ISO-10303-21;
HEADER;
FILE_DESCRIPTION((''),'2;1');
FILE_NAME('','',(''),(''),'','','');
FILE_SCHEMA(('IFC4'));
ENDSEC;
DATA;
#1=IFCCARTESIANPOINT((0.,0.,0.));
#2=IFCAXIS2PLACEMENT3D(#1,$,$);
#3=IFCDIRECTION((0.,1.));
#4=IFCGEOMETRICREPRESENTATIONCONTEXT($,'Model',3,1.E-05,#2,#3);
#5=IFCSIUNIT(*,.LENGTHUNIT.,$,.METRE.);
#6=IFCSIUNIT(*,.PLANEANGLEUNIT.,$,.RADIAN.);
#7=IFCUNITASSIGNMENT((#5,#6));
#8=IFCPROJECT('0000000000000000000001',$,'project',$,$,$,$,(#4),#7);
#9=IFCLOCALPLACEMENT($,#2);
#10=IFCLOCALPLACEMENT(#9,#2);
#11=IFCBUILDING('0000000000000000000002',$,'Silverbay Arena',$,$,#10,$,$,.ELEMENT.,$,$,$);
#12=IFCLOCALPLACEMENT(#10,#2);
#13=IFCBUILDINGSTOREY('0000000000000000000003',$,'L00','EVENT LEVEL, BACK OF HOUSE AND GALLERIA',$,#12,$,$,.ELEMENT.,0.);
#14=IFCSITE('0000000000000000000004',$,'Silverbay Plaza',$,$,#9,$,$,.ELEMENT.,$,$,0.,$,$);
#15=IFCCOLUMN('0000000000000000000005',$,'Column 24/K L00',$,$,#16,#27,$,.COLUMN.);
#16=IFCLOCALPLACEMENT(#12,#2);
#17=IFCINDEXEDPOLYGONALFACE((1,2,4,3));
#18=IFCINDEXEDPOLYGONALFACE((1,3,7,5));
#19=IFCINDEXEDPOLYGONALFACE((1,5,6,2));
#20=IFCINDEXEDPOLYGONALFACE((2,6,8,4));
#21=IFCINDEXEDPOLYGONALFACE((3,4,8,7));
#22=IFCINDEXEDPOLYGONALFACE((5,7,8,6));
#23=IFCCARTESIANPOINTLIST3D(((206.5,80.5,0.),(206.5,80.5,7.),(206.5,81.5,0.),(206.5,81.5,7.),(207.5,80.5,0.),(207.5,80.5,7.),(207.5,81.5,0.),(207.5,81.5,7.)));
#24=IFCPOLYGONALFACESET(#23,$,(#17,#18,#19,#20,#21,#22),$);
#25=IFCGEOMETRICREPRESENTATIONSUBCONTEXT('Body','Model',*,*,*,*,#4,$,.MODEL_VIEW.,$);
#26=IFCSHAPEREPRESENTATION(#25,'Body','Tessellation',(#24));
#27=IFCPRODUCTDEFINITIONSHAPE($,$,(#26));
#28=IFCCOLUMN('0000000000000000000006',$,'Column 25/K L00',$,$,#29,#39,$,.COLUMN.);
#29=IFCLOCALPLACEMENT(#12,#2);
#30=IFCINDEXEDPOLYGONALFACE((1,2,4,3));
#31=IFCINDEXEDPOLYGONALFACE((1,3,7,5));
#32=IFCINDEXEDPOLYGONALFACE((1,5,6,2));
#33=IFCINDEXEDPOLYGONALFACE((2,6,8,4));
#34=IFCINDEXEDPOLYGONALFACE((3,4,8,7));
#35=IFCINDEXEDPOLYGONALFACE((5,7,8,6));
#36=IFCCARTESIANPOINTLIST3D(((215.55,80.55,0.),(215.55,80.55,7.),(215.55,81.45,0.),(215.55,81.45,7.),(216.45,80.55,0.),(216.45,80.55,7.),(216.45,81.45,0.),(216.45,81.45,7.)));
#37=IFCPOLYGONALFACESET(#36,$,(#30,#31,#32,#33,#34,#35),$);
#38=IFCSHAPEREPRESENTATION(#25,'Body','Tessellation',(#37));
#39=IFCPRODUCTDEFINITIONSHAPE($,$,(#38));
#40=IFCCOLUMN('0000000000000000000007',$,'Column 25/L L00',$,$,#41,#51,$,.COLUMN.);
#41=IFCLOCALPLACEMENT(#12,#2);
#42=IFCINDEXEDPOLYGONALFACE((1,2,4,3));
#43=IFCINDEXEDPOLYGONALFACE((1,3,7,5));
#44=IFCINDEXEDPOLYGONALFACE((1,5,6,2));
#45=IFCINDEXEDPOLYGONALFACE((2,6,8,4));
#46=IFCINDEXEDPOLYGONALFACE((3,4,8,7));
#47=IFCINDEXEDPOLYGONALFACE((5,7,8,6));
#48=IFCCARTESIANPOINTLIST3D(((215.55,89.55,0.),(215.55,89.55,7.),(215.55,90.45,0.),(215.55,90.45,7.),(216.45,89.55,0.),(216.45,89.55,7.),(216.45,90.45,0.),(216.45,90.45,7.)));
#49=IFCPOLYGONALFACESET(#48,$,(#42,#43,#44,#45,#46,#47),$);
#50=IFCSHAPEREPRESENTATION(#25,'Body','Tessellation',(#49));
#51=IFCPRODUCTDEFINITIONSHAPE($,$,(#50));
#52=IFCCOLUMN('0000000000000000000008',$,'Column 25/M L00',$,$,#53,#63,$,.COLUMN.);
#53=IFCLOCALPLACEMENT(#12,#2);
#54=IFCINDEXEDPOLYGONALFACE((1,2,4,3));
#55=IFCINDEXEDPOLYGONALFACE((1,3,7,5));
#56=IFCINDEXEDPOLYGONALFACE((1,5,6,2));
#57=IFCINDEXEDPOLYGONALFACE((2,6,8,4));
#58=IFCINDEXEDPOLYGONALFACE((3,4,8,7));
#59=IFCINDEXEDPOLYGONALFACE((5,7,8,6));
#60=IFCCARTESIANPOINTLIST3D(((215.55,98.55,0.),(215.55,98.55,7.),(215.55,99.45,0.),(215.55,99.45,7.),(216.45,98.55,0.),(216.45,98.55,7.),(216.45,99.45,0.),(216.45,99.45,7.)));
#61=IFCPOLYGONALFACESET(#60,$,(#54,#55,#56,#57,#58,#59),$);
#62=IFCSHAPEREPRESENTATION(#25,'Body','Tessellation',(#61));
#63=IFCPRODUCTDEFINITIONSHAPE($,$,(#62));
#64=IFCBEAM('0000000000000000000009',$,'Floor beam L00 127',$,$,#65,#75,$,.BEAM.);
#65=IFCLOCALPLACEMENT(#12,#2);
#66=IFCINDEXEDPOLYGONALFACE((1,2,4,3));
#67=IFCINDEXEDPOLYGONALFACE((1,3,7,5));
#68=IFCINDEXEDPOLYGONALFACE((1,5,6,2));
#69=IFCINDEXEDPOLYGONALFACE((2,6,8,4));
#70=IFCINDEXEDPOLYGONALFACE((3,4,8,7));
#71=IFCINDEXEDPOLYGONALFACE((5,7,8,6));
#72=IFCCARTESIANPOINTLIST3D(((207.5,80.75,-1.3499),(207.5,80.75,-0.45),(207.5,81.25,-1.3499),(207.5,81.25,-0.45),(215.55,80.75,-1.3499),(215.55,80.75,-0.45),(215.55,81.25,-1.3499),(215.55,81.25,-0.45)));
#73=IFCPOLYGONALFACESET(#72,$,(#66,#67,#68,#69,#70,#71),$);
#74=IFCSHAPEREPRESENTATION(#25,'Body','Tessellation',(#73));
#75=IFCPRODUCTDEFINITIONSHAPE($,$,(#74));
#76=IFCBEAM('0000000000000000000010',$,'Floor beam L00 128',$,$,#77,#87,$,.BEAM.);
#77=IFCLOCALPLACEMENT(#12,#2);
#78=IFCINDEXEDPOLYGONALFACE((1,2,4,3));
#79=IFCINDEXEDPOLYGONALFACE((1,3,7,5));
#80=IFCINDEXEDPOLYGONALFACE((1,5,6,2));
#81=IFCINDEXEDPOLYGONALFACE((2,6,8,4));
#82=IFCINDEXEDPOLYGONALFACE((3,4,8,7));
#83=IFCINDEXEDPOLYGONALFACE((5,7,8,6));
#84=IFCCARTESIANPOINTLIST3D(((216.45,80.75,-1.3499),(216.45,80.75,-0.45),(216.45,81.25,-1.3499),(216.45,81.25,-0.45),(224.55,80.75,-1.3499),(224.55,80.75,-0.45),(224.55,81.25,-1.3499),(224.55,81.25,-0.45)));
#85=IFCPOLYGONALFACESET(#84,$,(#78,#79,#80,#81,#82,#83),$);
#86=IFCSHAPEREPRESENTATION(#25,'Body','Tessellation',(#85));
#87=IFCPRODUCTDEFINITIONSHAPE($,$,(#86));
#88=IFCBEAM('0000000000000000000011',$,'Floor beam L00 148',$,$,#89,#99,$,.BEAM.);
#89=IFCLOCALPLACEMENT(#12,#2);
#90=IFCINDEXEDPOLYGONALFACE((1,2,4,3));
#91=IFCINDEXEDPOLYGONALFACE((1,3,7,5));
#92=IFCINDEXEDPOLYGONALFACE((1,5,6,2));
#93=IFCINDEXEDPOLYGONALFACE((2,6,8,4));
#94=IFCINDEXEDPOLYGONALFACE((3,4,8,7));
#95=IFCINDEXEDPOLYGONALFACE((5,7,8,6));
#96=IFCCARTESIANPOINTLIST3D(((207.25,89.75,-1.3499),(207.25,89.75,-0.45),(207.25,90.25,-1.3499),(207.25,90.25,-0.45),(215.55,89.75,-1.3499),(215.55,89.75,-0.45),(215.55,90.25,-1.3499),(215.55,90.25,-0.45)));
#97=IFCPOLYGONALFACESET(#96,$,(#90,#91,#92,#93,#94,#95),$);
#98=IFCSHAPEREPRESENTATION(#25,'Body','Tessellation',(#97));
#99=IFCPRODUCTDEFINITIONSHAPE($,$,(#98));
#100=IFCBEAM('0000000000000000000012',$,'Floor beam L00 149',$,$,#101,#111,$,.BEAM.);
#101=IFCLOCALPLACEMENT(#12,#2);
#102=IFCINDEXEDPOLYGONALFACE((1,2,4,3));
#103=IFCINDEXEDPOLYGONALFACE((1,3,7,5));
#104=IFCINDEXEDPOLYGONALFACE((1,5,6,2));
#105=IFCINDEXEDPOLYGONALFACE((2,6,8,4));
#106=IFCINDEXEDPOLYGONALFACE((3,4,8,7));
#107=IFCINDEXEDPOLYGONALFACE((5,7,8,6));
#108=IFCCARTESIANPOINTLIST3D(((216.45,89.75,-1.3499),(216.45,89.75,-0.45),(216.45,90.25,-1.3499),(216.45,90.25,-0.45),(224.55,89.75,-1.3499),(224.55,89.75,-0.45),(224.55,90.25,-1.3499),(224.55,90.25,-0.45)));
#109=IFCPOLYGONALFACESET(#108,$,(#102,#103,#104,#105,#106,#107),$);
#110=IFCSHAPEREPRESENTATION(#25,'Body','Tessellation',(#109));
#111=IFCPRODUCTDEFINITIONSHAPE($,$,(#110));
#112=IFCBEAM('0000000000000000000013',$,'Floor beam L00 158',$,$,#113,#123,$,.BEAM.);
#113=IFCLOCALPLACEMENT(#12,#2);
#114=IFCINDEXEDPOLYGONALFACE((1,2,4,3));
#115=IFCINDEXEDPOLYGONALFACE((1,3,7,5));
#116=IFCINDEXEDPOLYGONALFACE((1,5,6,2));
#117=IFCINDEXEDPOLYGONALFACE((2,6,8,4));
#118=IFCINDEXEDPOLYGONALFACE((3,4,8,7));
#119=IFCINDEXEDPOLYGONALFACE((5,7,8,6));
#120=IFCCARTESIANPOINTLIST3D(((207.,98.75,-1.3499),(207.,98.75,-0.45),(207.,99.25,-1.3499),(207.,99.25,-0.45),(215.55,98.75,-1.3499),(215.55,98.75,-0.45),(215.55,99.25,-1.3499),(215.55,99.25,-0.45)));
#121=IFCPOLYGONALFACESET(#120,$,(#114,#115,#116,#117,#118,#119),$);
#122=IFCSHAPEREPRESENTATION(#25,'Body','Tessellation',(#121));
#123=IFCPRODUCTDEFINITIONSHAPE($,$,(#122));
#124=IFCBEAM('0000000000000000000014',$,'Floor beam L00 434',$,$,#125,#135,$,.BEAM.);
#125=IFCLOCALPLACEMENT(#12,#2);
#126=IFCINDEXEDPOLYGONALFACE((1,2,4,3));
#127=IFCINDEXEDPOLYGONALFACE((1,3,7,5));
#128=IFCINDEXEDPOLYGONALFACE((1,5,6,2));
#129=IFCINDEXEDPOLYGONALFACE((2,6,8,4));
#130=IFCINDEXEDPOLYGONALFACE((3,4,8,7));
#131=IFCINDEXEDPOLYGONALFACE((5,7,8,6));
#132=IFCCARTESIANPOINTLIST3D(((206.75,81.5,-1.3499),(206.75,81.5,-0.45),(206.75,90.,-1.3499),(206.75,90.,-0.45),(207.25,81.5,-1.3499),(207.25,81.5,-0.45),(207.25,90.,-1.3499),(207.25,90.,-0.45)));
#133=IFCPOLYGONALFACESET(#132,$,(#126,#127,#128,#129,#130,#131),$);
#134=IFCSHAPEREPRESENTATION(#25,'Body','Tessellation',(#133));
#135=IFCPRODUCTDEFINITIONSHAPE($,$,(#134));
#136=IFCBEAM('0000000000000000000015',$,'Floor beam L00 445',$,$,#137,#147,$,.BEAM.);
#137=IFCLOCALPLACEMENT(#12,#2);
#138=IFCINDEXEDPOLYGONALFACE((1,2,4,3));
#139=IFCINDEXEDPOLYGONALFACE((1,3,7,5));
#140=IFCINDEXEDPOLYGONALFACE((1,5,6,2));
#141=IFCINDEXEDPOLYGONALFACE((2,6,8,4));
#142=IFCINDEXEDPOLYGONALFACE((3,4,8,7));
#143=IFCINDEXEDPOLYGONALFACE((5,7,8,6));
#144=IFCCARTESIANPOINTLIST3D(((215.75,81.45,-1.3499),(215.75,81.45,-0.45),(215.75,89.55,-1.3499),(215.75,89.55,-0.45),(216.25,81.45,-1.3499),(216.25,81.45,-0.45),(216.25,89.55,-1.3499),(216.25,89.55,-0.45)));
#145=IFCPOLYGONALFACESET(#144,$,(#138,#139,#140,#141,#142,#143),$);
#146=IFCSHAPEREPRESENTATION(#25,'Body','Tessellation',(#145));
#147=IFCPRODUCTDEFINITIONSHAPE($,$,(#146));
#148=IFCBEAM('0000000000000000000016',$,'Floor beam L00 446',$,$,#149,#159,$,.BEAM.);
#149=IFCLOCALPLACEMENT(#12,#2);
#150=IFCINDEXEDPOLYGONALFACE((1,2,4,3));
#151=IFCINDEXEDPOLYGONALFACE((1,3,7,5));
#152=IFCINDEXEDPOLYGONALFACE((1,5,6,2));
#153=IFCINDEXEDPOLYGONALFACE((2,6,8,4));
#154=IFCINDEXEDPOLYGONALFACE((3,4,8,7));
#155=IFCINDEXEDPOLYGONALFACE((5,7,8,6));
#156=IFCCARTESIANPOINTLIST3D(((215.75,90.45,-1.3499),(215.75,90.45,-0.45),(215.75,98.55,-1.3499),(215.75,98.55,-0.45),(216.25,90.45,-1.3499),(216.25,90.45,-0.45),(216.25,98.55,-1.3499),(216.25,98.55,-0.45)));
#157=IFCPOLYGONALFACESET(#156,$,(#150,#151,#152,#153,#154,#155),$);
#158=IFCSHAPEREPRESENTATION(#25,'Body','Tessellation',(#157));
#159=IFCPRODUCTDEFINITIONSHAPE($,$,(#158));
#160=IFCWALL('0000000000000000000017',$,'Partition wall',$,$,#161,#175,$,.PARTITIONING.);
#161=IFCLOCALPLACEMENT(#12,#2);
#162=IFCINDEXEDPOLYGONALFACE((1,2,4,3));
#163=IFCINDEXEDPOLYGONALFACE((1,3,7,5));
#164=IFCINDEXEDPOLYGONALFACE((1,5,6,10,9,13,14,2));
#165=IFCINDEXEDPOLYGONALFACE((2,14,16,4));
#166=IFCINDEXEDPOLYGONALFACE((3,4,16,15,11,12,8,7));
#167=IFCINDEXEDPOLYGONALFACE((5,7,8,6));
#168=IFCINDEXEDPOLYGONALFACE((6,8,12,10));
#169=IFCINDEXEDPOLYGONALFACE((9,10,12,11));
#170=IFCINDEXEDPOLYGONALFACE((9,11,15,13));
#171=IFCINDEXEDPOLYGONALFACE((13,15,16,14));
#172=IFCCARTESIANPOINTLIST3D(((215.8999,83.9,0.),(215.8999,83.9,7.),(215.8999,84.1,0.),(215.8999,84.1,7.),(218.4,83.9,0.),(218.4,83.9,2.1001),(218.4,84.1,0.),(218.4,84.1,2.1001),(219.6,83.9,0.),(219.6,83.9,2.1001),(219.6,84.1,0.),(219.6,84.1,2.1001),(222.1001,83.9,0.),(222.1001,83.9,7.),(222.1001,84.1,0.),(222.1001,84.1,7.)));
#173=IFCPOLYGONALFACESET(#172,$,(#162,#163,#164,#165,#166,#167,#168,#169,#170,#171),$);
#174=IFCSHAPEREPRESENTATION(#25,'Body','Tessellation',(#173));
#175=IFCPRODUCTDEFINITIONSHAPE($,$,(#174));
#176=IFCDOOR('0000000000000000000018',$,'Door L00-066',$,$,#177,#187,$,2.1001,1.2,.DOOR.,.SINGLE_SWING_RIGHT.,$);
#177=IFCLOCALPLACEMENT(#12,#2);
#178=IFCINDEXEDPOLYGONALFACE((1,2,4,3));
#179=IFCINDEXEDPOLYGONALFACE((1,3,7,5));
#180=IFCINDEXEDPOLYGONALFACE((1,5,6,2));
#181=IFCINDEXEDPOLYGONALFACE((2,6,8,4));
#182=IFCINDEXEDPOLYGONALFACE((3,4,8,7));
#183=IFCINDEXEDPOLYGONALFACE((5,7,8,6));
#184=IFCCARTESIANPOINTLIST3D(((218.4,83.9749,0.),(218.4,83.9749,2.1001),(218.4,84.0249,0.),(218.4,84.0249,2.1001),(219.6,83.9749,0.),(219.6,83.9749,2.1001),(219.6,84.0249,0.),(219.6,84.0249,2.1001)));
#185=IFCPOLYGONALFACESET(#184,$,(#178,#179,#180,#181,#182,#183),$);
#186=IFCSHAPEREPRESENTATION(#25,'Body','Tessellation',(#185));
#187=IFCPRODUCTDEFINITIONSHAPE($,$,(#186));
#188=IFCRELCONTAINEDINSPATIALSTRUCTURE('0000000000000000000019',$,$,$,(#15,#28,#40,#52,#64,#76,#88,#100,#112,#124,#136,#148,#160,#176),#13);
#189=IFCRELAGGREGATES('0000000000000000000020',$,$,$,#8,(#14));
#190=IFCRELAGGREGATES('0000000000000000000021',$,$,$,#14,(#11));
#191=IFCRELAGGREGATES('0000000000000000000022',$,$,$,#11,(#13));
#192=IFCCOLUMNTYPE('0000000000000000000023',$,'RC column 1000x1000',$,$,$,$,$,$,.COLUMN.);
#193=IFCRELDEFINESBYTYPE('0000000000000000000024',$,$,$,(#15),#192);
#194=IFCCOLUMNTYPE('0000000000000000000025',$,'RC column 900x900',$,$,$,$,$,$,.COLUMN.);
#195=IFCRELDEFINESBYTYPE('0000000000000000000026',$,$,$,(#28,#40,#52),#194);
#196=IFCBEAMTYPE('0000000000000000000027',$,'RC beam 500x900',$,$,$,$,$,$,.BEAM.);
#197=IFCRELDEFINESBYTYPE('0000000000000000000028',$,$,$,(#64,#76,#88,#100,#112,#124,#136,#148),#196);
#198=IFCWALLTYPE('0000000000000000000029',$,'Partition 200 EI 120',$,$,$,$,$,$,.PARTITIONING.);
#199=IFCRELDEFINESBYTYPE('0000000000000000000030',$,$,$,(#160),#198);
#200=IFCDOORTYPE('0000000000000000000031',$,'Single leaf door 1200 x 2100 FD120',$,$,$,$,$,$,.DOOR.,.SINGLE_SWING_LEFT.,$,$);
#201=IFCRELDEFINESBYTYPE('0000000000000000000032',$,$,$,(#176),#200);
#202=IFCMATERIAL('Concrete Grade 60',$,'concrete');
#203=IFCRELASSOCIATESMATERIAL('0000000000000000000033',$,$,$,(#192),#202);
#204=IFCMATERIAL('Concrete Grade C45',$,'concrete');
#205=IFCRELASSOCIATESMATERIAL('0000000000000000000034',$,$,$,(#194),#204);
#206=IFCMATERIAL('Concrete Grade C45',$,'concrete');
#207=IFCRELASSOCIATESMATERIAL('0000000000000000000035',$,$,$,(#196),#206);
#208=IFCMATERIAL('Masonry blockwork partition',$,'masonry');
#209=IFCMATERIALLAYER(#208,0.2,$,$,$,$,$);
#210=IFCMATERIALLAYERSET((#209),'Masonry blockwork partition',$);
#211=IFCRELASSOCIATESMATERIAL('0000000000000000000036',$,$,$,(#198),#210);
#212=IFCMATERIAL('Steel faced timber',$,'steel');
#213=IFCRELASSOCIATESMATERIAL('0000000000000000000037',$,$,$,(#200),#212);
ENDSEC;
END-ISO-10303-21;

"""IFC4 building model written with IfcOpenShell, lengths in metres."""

from ifc_helpers import new_model, si_unit, direction, frame, frame_2d, origin, origin_2d, place, context, subcontext, project, spatial, rectangle, extrude, material, layer, layer_set, material_profile, profile_set, type_object, element, fill, save


model = new_model("IFC4")

# Units and contexts
model_context = context("Model", 3, precision=1e-05, world=origin(), true_north=direction((0.0, 1.0)))
body_context = subcontext(model_context, "Body", "Model", "MODEL_VIEW")
ifc_project = project(units=[si_unit("LENGTHUNIT", "METRE"), si_unit("PLANEANGLEUNIT", "RADIAN")], contexts=[model_context])

# Site, building, storey
site_placement = place(None, origin())
site = spatial("IfcSite", under=ifc_project, at=site_placement, Name="Silverbay Plaza", CompositionType="ELEMENT", RefElevation=0.0)
building_placement = place(site_placement, origin())
building = spatial("IfcBuilding", under=site, at=building_placement, Name="Silverbay Arena", CompositionType="ELEMENT")
storey_placement = place(building_placement, origin())
storey = spatial("IfcBuildingStorey", under=building, at=storey_placement, Name="L00", Description="EVENT LEVEL, BACK OF HOUSE AND GALLERIA", CompositionType="ELEMENT", Elevation=0.0)

# Columns
ifc_material_1 = material(Name="Concrete Grade 60", Category="concrete")
ifc_material_profile_1 = material_profile(ifc_material_1, rectangle(XDim=1.0, YDim=1.0, at=origin_2d()), Name="RC 1000x1000")
ifc_profile_set_1 = profile_set([ifc_material_profile_1], Name="Concrete Grade 60")
column_type_1 = type_object("IfcColumnType", Name="RC column 1000x1000", PredefinedType="COLUMN", material=ifc_profile_set_1)
column_placement = place(storey_placement, frame((207.0, 81.0, 0.0), z_axis=(0.0, 0.0, 1.0), x_axis=(1.0, 0.0, 0.0)))
element("IfcColumn", 1, at=column_placement, inside=storey, type_object=column_type_1, Name="Column 24/K L00", PredefinedType="COLUMN", context=body_context, shape_type="SweptSolid", body=[
    extrude(rectangle(XDim=1.0, YDim=1.0, at=origin_2d()), origin(), (0.0, 0.0, 1.0), 7.0),
])
ifc_material_2 = material(Name="Concrete Grade C45", Category="concrete")
ifc_material_profile_2 = material_profile(ifc_material_2, rectangle(XDim=0.8999, YDim=0.8999, at=origin_2d()), Name="RC 900x900")
ifc_profile_set_2 = profile_set([ifc_material_profile_2], Name="Concrete Grade C45")
column_type_2 = type_object("IfcColumnType", Name="RC column 900x900", PredefinedType="COLUMN", material=ifc_profile_set_2)
for number, where, z_axis, x_axis, name in (
    (2, (216.0, 81.0, 0.0), (0.0, 0.0, 1.0), (1.0, 0.0, 0.0), "Column 25/K L00"),
    (3, (216.0, 90.0, 0.0), (0.0, 0.0, 1.0), (1.0, 0.0, 0.0), "Column 25/L L00"),
    (4, (216.0, 99.0, 0.0), (0.0, 0.0, 1.0), (1.0, 0.0, 0.0), "Column 25/M L00"),
):
    element("IfcColumn", number, at=place(storey_placement, frame(where, z_axis=z_axis, x_axis=x_axis)), inside=storey, type_object=column_type_2, Name=name, PredefinedType="COLUMN", context=body_context, shape_type="SweptSolid", body=[
        extrude(rectangle(XDim=0.8999, YDim=0.8999, at=origin_2d()), origin(), (0.0, 0.0, 1.0), 7.0),
    ])

# Beams
ifc_material_3 = material(Name="Concrete Grade C45", Category="concrete")
ifc_material_profile_3 = material_profile(ifc_material_3, rectangle(XDim=0.5, YDim=0.8999, at=origin_2d()), Name="RC 500x900")
ifc_profile_set_3 = profile_set([ifc_material_profile_3], Name="Concrete Grade C45")
beam_type = type_object("IfcBeamType", Name="RC beam 500x900", PredefinedType="BEAM", material=ifc_profile_set_3)
beam_1_placement = place(storey_placement, frame((207.5, 81.0, -0.8999), z_axis=(1.0, 0.0, 0.0), x_axis=(0.0, 1.0, 0.0)))
element("IfcBeam", 5, at=beam_1_placement, inside=storey, type_object=beam_type, Name="Floor beam L00 127", PredefinedType="BEAM", context=body_context, shape_type="SweptSolid", body=[
    extrude(rectangle(XDim=0.5, YDim=0.8999, at=origin_2d()), origin(), (0.0, 0.0, 1.0), 8.05),
])
beam_2_placement = place(storey_placement, frame((216.45, 81.0, -0.8999), z_axis=(1.0, 0.0, 0.0), x_axis=(0.0, 1.0, 0.0)))
element("IfcBeam", 6, at=beam_2_placement, inside=storey, type_object=beam_type, Name="Floor beam L00 128", PredefinedType="BEAM", context=body_context, shape_type="SweptSolid", body=[
    extrude(rectangle(XDim=0.5, YDim=0.8999, at=origin_2d()), origin(), (0.0, 0.0, 1.0), 8.1001),
])
beam_3_placement = place(storey_placement, frame((207.25, 90.0, -0.8999), z_axis=(1.0, 0.0, 0.0), x_axis=(0.0, 1.0, 0.0)))
element("IfcBeam", 7, at=beam_3_placement, inside=storey, type_object=beam_type, Name="Floor beam L00 148", PredefinedType="BEAM", context=body_context, shape_type="SweptSolid", body=[
    extrude(rectangle(XDim=0.5, YDim=0.8999, at=origin_2d()), origin(), (0.0, 0.0, 1.0), 8.3),
])
beam_4_placement = place(storey_placement, frame((216.45, 90.0, -0.8999), z_axis=(1.0, 0.0, 0.0), x_axis=(0.0, 1.0, 0.0)))
element("IfcBeam", 8, at=beam_4_placement, inside=storey, type_object=beam_type, Name="Floor beam L00 149", PredefinedType="BEAM", context=body_context, shape_type="SweptSolid", body=[
    extrude(rectangle(XDim=0.5, YDim=0.8999, at=origin_2d()), origin(), (0.0, 0.0, 1.0), 8.1001),
])
beam_5_placement = place(storey_placement, frame((207.0, 99.0, -0.8999), z_axis=(1.0, 0.0, 0.0), x_axis=(0.0, 1.0, 0.0)))
element("IfcBeam", 9, at=beam_5_placement, inside=storey, type_object=beam_type, Name="Floor beam L00 158", PredefinedType="BEAM", context=body_context, shape_type="SweptSolid", body=[
    extrude(rectangle(XDim=0.5, YDim=0.8999, at=origin_2d()), origin(), (0.0, 0.0, 1.0), 8.55),
])
beam_6_placement = place(storey_placement, frame((207.0, 81.5, -0.8999), z_axis=(0.0, 1.0, 0.0), x_axis=(-1.0, 0.0, 0.0)))
element("IfcBeam", 10, at=beam_6_placement, inside=storey, type_object=beam_type, Name="Floor beam L00 434", PredefinedType="BEAM", context=body_context, shape_type="SweptSolid", body=[
    extrude(rectangle(XDim=0.5, YDim=0.8999, at=origin_2d()), origin(), (0.0, 0.0, 1.0), 8.5),
])
for number, where, z_axis, x_axis, name in (
    (11, (216.0, 81.45, -0.8999), (0.0, 1.0, 0.0), (-1.0, 0.0, 0.0), "Floor beam L00 445"),
    (12, (216.0, 90.45, -0.8999), (0.0, 1.0, 0.0), (-1.0, 0.0, 0.0), "Floor beam L00 446"),
):
    element("IfcBeam", number, at=place(storey_placement, frame(where, z_axis=z_axis, x_axis=x_axis)), inside=storey, type_object=beam_type, Name=name, PredefinedType="BEAM", context=body_context, shape_type="SweptSolid", body=[
        extrude(rectangle(XDim=0.5, YDim=0.8999, at=origin_2d()), origin(), (0.0, 0.0, 1.0), 8.1001),
    ])

# Wall, opening, door
ifc_material_4 = material(Name="Masonry blockwork partition", Category="masonry")
ifc_layer = layer(ifc_material_4, 0.2)
ifc_layer_set = layer_set([ifc_layer], Name="Masonry blockwork partition")
wall_type = type_object("IfcWallType", Name="Partition 200 EI 120", PredefinedType="PARTITIONING", material=ifc_layer_set)
wall_1_placement = place(storey_placement, frame((215.8999, 84.0, 0.0), z_axis=(0.0, 0.0, 1.0), x_axis=(1.0, 0.0, 0.0)))
wall_1 = element("IfcWall", 13, at=wall_1_placement, inside=storey, type_object=wall_type, Name="Partition wall", PredefinedType="PARTITIONING", context=body_context, shape_type="SweptSolid", body=[
    extrude(rectangle(XDim=6.2002, YDim=0.2, at=frame_2d((3.1001, 0.0))), origin(), (0.0, 0.0, 1.0), 7.0),
])
opening_placement = place(wall_1_placement, frame((2.5, 0.0, 0.0)))
opening = element("IfcOpeningElement", 14, at=opening_placement, cuts=wall_1, PredefinedType="OPENING", context=body_context, shape_type="SweptSolid", body=[
    extrude(rectangle(XDim=1.2, YDim=2.1001, at=frame_2d((0.6001, 1.05))), frame((0.0, 0.1099, 0.0), z_axis=(0.0, -1.0, 0.0), x_axis=(1.0, 0.0, 0.0)), (0.0, 0.0, 1.0), 0.22),
])
ifc_material_5 = material(Name="Steel faced timber", Category="steel")
door_type = type_object("IfcDoorType", Name="Single leaf door 1200 x 2100 FD120", OperationType="SINGLE_SWING_LEFT", PredefinedType="DOOR", material=ifc_material_5)
door_placement = place(opening_placement, origin())
door = element("IfcDoor", 15, at=door_placement, inside=storey, type_object=door_type, Name="Door L00-066", OperationType="SINGLE_SWING_RIGHT", OverallHeight=2.1001, OverallWidth=1.2, PredefinedType="DOOR", context=body_context, shape_type="SweptSolid", body=[
    extrude(rectangle(XDim=1.2, YDim=2.1001, at=frame_2d((0.6001, 1.05))), frame((0.0, 0.0249, 0.0), z_axis=(0.0, -1.0, 0.0), x_axis=(1.0, 0.0, 0.0)), (0.0, 0.0, 1.0), 0.05),
])
fill(opening, door)

save(model, "model.ifc")
